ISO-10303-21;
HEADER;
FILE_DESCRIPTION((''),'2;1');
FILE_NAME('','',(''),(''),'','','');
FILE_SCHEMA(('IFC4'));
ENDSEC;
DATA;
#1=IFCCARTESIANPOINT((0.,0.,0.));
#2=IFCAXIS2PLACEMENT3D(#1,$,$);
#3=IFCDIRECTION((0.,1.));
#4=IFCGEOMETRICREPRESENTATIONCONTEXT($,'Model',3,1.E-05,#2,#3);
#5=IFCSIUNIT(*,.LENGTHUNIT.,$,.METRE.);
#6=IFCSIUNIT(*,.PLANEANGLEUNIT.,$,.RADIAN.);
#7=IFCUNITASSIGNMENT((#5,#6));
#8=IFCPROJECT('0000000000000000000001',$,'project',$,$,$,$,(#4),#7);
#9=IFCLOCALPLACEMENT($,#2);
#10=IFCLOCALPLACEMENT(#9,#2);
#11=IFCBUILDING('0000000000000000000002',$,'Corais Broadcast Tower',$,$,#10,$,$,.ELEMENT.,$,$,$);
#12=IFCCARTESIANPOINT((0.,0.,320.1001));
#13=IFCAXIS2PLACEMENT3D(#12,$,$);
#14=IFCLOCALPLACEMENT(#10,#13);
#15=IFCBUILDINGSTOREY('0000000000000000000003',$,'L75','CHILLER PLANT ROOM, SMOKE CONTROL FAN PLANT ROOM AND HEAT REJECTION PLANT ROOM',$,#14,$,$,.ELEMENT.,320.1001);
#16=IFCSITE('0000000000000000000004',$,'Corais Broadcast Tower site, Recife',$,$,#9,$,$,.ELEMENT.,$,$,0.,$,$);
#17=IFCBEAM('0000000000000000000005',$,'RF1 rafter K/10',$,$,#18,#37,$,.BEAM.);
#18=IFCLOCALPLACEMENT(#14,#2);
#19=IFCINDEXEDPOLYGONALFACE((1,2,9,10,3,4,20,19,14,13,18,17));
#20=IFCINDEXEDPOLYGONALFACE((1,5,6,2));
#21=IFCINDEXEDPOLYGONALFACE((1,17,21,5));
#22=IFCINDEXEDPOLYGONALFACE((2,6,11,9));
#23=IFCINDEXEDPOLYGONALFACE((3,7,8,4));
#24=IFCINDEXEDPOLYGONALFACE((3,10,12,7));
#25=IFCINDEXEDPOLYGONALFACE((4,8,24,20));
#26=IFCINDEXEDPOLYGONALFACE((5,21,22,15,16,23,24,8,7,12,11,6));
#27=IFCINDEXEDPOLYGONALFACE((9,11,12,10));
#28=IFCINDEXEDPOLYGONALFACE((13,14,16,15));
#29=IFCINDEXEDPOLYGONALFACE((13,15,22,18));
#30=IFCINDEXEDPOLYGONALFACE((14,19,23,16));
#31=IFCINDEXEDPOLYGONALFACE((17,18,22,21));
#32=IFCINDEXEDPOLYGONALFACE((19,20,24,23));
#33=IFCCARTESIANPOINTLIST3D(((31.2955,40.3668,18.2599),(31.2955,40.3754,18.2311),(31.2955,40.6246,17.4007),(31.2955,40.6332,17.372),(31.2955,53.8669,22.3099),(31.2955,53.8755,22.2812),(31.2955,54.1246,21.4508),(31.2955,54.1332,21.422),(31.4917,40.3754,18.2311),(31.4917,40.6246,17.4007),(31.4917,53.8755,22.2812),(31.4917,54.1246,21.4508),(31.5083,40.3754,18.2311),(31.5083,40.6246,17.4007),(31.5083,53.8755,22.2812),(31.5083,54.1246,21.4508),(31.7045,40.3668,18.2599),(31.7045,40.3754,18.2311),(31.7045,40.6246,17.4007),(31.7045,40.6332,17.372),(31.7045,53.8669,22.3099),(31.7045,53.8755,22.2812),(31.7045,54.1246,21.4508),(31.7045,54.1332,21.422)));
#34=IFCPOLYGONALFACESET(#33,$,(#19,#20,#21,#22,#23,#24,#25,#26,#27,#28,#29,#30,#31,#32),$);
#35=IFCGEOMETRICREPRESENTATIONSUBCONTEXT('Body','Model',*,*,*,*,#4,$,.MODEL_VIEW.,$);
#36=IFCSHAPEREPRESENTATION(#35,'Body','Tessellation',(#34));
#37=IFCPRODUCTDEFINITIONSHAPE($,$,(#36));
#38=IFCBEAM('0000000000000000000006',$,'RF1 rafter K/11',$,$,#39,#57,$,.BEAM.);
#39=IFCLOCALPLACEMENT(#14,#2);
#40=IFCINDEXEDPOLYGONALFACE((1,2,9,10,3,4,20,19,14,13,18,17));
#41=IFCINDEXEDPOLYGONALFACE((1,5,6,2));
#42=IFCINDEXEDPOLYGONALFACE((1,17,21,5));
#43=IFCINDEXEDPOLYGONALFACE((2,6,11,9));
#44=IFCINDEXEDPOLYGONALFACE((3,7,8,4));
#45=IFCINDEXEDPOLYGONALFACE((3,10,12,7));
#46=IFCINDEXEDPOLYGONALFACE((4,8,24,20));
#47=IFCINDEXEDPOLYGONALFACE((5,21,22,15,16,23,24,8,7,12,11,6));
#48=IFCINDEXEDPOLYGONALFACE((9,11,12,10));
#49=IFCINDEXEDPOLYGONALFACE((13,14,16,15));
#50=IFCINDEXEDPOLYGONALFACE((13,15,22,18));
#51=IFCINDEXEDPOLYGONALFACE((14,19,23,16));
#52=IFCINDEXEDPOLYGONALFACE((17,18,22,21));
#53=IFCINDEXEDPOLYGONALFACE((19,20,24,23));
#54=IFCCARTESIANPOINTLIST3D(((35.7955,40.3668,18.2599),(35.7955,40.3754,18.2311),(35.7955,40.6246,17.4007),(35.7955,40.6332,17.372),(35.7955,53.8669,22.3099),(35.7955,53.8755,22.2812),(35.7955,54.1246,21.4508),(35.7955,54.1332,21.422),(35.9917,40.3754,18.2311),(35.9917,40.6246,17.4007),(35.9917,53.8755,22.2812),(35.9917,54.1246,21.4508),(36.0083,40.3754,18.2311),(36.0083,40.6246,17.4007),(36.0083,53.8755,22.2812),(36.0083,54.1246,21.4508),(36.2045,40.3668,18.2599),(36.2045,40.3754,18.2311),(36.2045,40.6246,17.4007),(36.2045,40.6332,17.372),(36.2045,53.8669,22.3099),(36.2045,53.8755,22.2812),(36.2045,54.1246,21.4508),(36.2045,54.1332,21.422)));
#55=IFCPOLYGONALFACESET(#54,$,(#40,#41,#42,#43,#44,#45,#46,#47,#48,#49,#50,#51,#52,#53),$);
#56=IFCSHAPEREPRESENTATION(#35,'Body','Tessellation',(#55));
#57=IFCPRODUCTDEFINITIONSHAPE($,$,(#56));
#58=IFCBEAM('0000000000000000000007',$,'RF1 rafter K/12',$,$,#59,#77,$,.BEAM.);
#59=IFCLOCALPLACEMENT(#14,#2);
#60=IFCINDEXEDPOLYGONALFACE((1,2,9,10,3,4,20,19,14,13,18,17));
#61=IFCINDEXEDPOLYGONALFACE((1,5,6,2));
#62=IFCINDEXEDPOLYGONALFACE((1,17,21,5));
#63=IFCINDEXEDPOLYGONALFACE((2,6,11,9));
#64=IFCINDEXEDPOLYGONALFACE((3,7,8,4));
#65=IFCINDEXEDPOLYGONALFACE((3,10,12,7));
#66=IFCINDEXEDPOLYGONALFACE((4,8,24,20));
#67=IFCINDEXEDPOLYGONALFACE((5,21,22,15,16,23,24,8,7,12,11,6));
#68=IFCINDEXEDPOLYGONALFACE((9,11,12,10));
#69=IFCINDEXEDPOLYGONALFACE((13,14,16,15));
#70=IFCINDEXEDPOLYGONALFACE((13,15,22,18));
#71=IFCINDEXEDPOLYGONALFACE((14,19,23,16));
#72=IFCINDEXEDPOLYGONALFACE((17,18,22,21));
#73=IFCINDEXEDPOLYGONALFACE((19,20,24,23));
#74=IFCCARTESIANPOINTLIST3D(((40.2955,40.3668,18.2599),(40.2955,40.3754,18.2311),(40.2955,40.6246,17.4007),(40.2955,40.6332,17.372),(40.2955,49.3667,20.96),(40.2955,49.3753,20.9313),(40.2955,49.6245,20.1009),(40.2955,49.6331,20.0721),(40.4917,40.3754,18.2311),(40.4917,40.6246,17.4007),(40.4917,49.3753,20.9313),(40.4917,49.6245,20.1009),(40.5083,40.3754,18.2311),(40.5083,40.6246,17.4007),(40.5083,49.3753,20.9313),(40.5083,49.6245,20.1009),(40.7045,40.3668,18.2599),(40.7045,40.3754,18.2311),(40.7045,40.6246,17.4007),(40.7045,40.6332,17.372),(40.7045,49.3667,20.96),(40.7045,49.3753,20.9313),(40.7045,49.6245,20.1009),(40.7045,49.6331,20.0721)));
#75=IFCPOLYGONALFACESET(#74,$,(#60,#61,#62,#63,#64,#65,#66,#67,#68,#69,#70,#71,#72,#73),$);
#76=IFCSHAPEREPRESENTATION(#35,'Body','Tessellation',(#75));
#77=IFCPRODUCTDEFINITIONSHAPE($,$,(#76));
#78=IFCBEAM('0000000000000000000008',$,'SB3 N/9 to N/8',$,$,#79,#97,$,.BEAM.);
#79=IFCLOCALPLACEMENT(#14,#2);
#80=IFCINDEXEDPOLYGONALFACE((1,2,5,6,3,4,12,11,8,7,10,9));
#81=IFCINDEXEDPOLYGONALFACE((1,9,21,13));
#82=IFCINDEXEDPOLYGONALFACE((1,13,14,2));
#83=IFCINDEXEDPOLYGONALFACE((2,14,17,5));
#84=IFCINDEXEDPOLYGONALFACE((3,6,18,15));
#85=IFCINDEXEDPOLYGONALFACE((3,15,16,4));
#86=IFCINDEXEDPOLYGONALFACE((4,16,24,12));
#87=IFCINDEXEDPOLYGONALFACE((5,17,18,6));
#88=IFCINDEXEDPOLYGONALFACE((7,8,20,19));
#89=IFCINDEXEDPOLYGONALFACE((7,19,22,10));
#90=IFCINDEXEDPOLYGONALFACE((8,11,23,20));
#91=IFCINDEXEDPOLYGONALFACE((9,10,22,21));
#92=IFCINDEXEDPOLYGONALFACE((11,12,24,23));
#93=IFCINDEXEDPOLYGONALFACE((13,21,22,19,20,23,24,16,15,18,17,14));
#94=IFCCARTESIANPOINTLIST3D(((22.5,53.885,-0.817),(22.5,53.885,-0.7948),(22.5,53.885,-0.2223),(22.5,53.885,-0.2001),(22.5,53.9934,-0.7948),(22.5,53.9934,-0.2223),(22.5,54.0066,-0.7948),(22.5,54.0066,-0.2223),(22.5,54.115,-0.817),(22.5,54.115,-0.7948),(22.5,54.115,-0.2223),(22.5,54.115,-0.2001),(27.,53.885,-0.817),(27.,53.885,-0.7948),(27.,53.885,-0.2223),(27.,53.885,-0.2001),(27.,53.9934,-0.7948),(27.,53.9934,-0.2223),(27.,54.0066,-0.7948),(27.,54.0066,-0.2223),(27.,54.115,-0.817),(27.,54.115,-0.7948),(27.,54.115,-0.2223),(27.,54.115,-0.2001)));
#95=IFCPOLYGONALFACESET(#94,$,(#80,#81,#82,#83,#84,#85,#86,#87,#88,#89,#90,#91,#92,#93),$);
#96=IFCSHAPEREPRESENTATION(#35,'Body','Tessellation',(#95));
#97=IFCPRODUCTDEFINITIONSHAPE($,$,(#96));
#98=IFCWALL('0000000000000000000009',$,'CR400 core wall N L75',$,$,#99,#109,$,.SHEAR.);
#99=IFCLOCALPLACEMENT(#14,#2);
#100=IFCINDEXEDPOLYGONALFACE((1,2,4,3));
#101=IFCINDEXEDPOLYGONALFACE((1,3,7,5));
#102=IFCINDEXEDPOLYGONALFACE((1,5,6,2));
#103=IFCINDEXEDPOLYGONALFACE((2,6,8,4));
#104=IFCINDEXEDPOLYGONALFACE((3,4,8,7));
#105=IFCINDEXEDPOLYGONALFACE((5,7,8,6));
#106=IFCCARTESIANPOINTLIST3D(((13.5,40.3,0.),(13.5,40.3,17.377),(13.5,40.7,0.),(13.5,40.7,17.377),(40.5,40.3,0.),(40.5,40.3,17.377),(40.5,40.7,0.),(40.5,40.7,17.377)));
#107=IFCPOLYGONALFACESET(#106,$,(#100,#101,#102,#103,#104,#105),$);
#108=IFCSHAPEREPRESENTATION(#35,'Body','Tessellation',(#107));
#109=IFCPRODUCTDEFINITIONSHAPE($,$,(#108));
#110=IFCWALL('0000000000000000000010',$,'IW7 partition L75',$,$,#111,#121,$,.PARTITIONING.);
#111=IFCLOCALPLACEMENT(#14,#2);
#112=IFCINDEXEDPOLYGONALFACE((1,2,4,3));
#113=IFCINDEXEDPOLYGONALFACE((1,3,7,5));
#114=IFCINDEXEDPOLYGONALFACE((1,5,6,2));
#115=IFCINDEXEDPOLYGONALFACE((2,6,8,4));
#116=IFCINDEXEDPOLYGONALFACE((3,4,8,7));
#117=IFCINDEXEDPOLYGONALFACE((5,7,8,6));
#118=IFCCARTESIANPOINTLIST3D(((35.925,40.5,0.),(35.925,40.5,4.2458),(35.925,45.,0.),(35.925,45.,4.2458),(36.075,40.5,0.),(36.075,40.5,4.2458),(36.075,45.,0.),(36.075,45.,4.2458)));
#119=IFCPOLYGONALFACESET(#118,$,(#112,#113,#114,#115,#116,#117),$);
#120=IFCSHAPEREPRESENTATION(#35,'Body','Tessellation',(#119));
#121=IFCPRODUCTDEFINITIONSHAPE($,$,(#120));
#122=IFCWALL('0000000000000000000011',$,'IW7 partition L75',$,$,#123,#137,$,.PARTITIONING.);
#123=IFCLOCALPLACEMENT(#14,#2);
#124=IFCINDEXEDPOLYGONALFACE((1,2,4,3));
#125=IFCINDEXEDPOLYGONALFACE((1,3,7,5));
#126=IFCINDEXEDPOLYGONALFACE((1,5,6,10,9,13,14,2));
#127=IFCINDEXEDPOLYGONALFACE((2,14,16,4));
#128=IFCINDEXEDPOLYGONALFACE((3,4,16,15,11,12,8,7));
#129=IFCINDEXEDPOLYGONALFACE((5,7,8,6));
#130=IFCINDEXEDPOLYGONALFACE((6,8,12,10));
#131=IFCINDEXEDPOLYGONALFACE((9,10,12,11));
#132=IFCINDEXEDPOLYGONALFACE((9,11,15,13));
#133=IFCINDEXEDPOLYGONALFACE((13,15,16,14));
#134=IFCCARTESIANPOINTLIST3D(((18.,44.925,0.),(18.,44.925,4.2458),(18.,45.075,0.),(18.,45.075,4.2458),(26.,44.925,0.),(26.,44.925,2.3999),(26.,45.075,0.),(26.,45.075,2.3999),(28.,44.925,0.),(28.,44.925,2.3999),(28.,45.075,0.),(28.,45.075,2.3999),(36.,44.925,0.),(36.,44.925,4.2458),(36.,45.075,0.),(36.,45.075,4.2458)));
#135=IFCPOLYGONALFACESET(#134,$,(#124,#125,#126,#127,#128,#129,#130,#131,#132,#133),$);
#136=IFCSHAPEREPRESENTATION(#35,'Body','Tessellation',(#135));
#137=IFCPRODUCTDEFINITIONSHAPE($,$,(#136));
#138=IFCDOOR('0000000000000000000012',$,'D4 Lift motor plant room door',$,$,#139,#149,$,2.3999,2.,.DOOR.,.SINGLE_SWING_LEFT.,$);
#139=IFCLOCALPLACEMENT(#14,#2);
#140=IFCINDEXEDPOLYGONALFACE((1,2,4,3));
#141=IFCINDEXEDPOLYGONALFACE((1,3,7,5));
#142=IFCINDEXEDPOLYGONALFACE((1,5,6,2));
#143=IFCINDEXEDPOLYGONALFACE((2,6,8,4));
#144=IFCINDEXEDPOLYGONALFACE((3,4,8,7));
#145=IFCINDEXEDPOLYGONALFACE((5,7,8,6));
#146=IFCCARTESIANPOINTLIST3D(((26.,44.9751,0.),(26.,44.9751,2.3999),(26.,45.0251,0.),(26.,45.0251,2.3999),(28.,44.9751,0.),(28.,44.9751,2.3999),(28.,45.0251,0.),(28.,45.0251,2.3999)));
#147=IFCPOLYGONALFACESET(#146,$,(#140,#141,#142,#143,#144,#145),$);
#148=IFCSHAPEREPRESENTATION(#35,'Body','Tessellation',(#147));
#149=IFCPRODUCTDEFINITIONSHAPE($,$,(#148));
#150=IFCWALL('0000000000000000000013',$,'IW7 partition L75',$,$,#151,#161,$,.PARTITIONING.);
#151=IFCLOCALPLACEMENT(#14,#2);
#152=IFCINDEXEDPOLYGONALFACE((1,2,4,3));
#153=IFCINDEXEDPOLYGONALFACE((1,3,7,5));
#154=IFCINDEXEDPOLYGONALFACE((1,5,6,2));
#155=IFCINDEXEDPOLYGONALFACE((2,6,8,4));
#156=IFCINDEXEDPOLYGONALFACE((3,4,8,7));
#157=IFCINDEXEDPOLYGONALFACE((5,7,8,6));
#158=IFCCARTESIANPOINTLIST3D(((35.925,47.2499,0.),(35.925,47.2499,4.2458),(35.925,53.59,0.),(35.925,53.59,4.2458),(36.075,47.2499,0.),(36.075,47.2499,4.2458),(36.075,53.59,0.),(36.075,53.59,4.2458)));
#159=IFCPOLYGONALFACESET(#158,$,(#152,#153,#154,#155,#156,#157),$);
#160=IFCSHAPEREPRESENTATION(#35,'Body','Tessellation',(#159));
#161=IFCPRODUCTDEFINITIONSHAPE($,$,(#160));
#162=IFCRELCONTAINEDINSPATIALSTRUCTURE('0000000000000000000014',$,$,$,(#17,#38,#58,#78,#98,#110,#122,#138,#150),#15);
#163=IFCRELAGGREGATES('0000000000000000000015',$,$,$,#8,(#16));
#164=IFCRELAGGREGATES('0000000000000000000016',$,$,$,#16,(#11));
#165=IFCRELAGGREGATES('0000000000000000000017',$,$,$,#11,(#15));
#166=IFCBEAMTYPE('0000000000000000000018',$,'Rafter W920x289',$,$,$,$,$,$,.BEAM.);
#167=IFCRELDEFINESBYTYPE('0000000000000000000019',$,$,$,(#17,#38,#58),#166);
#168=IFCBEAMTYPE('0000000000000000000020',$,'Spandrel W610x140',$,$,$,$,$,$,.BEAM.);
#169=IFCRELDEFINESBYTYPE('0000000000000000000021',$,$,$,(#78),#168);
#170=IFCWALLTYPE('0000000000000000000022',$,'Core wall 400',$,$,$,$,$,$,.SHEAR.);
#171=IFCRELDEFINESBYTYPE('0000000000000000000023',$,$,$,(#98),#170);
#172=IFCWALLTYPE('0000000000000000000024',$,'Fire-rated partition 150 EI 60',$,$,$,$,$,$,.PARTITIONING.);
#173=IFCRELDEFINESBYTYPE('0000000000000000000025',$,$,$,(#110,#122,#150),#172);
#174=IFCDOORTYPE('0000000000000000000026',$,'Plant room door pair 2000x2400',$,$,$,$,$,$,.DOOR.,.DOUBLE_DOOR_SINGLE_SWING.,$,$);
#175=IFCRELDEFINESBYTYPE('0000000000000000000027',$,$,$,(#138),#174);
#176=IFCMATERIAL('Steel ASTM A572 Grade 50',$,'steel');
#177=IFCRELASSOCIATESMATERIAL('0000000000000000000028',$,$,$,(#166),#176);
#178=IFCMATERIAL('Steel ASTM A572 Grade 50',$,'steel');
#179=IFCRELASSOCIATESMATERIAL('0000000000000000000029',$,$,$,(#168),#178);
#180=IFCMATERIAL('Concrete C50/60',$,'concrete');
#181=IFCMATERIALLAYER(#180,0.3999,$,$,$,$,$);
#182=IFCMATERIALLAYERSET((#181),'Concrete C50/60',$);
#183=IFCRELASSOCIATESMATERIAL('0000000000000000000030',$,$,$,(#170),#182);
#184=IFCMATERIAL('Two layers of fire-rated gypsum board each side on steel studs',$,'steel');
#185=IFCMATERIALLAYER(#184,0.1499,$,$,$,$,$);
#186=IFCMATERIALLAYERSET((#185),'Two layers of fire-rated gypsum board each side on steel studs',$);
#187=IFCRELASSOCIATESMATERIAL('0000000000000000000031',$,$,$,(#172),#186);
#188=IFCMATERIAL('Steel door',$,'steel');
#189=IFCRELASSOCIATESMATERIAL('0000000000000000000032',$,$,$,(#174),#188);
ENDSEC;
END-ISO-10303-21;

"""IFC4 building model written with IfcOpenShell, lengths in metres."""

from ifc_helpers import new_model, si_unit, direction, frame, frame_2d, origin, origin_2d, place, context, subcontext, project, spatial, rectangle, i_section, extrude, material, layer, layer_set, material_profile, profile_set, type_object, element, fill, save


model = new_model("IFC4")

# Units and contexts
model_context = context("Model", 3, precision=1e-05, world=origin(), true_north=direction((0.0, 1.0)))
body_context = subcontext(model_context, "Body", "Model", "MODEL_VIEW")
ifc_project = project(units=[si_unit("LENGTHUNIT", "METRE"), si_unit("PLANEANGLEUNIT", "RADIAN")], contexts=[model_context])

# Site, building, storey
site_placement = place(None, origin())
site = spatial("IfcSite", under=ifc_project, at=site_placement, Name="Corais Broadcast Tower site, Recife", CompositionType="ELEMENT", RefElevation=0.0)
building_placement = place(site_placement, origin())
building = spatial("IfcBuilding", under=site, at=building_placement, Name="Corais Broadcast Tower", CompositionType="ELEMENT")
storey_placement = place(building_placement, frame((0.0, 0.0, 320.1001)))
storey = spatial("IfcBuildingStorey", under=building, at=storey_placement, Name="L75", Description="CHILLER PLANT ROOM, SMOKE CONTROL FAN PLANT ROOM AND HEAT REJECTION PLANT ROOM", CompositionType="ELEMENT", Elevation=320.1001)

# Beams
ifc_material_1 = material(Name="Steel ASTM A572 Grade 50", Category="steel")
ifc_material_profile_1 = material_profile(ifc_material_1, i_section(OverallWidth=0.4089, OverallDepth=0.927, WebThickness=0.0166, FlangeThickness=0.03, at=origin_2d()), Name="W920x289")
ifc_profile_set_1 = profile_set([ifc_material_profile_1], Name="Steel ASTM A572 Grade 50")
beam_type_1 = type_object("IfcBeamType", Name="Rafter W920x289", PredefinedType="BEAM", material=ifc_profile_set_1)
for number, where, z_axis, x_axis, name in (
    (1, (31.5, 40.5, 17.8159), (0.0, 0.957825, 0.287351), (-1.0, 0.0, 0.0), "RF1 rafter K/10"),
    (2, (36.0, 40.5, 17.8159), (0.0, 0.957825, 0.287351), (-1.0, 0.0, 0.0), "RF1 rafter K/11"),
):
    element("IfcBeam", number, at=place(storey_placement, frame(where, z_axis=z_axis, x_axis=x_axis)), inside=storey, type_object=beam_type_1, Name=name, PredefinedType="BEAM", context=body_context, shape_type="SweptSolid", body=[
        extrude(i_section(OverallWidth=0.4089, OverallDepth=0.927, WebThickness=0.0166, FlangeThickness=0.03, at=origin_2d()), origin(), (0.0, 0.0, 1.0), 14.0945),
    ])
beam_1_placement = place(storey_placement, frame((40.5, 40.5, 17.8159), z_axis=(0.0, 0.957821, 0.287367), x_axis=(-1.0, 0.0, 0.0)))
element("IfcBeam", 3, at=beam_1_placement, inside=storey, type_object=beam_type_1, Name="RF1 rafter K/12", PredefinedType="BEAM", context=body_context, shape_type="SweptSolid", body=[
    extrude(i_section(OverallWidth=0.4089, OverallDepth=0.927, WebThickness=0.0166, FlangeThickness=0.03, at=origin_2d()), origin(), (0.0, 0.0, 1.0), 9.3962),
])
ifc_material_2 = material(Name="Steel ASTM A572 Grade 50", Category="steel")
ifc_material_profile_2 = material_profile(ifc_material_2, i_section(OverallWidth=0.23, OverallDepth=0.6169, WebThickness=0.0132, FlangeThickness=0.0222, at=origin_2d()), Name="W610x140")
ifc_profile_set_2 = profile_set([ifc_material_profile_2], Name="Steel ASTM A572 Grade 50")
beam_type_2 = type_object("IfcBeamType", Name="Spandrel W610x140", PredefinedType="BEAM", material=ifc_profile_set_2)
beam_2_placement = place(storey_placement, frame((27.0, 54.0, -0.5085), z_axis=(-1.0, 0.0, 0.0), x_axis=(0.0, -1.0, 0.0)))
element("IfcBeam", 4, at=beam_2_placement, inside=storey, type_object=beam_type_2, Name="SB3 N/9 to N/8", PredefinedType="BEAM", context=body_context, shape_type="SweptSolid", body=[
    extrude(i_section(OverallWidth=0.23, OverallDepth=0.6169, WebThickness=0.0132, FlangeThickness=0.0222, at=origin_2d()), origin(), (0.0, 0.0, 1.0), 4.5),
])

# Walls
ifc_material_3 = material(Name="Concrete C50/60", Category="concrete")
ifc_layer_1 = layer(ifc_material_3, 0.3999)
ifc_layer_set_1 = layer_set([ifc_layer_1], Name="Concrete C50/60")
wall_type_1 = type_object("IfcWallType", Name="Core wall 400", PredefinedType="SHEAR", material=ifc_layer_set_1)
wall_1_placement = place(storey_placement, frame((40.5, 40.5, 0.0), z_axis=(0.0, 0.0, 1.0), x_axis=(-1.0, 0.0, 0.0)))
element("IfcWall", 5, at=wall_1_placement, inside=storey, type_object=wall_type_1, Name="CR400 core wall N L75", PredefinedType="SHEAR", context=body_context, shape_type="SweptSolid", body=[
    extrude(rectangle(XDim=27.0, YDim=0.3999, at=frame_2d((13.5, 0.0))), origin(), (0.0, 0.0, 1.0), 17.377),
])
ifc_material_4 = material(Name="Two layers of fire-rated gypsum board each side on steel studs", Category="steel")
ifc_layer_2 = layer(ifc_material_4, 0.1499)
ifc_layer_set_2 = layer_set([ifc_layer_2], Name="Two layers of fire-rated gypsum board each side on steel studs")
wall_type_2 = type_object("IfcWallType", Name="Fire-rated partition 150 EI 60", PredefinedType="PARTITIONING", material=ifc_layer_set_2)
wall_2_placement = place(storey_placement, frame((36.0, 40.5, 0.0), z_axis=(0.0, 0.0, 1.0), x_axis=(0.0, 1.0, 0.0)))
element("IfcWall", 6, at=wall_2_placement, inside=storey, type_object=wall_type_2, Name="IW7 partition L75", PredefinedType="PARTITIONING", context=body_context, shape_type="SweptSolid", body=[
    extrude(rectangle(XDim=4.5, YDim=0.1499, at=frame_2d((2.25, 0.0))), origin(), (0.0, 0.0, 1.0), 4.2458),
])

# Wall, opening, door
wall_3_placement = place(storey_placement, frame((36.0, 45.0, 0.0), z_axis=(0.0, 0.0, 1.0), x_axis=(-1.0, 0.0, 0.0)))
wall_3 = element("IfcWall", 7, at=wall_3_placement, inside=storey, type_object=wall_type_2, Name="IW7 partition L75", PredefinedType="PARTITIONING", context=body_context, shape_type="SweptSolid", body=[
    extrude(rectangle(XDim=18.0, YDim=0.1499, at=frame_2d((9.0, 0.0))), origin(), (0.0, 0.0, 1.0), 4.2458),
])
opening_1_placement = place(wall_3_placement, frame((8.0, 0.0, 0.0)))
opening_1 = element("IfcOpeningElement", 8, at=opening_1_placement, cuts=wall_3, PredefinedType="OPENING", context=body_context, shape_type="SweptSolid", body=[
    extrude(rectangle(XDim=2.0, YDim=2.3999, at=frame_2d((1.0, 1.2))), frame((0.0, 0.085, 0.0), z_axis=(0.0, -1.0, 0.0), x_axis=(1.0, 0.0, 0.0)), (0.0, 0.0, 1.0), 0.1699),
])
ifc_material_5 = material(Name="Steel door", Category="steel")
door_type_1 = type_object("IfcDoorType", Name="Plant room door pair 2000x2400", OperationType="DOUBLE_DOOR_SINGLE_SWING", PredefinedType="DOOR", material=ifc_material_5)
door_1_placement = place(opening_1_placement, origin())
door_1 = element("IfcDoor", 9, at=door_1_placement, inside=storey, type_object=door_type_1, Name="D4 Lift motor plant room door", OperationType="SINGLE_SWING_LEFT", OverallHeight=2.3999, OverallWidth=2.0, PredefinedType="DOOR", context=body_context, shape_type="SweptSolid", body=[
    extrude(rectangle(XDim=2.0, YDim=2.3999, at=frame_2d((1.0, 1.2))), frame((0.0, 0.0249, 0.0), z_axis=(0.0, -1.0, 0.0), x_axis=(1.0, 0.0, 0.0)), (0.0, 0.0, 1.0), 0.05),
])
fill(opening_1, door_1)

# Wall
wall_4_placement = place(storey_placement, frame((36.0, 47.25, 0.0), z_axis=(0.0, 0.0, 1.0), x_axis=(0.0, 1.0, 0.0)))
element("IfcWall", 10, at=wall_4_placement, inside=storey, type_object=wall_type_2, Name="IW7 partition L75", PredefinedType="PARTITIONING", context=body_context, shape_type="SweptSolid", body=[
    extrude(rectangle(XDim=6.3401, YDim=0.1499, at=frame_2d((3.1699, 0.0))), origin(), (0.0, 0.0, 1.0), 4.2458),
])

save(model, "model.ifc")
